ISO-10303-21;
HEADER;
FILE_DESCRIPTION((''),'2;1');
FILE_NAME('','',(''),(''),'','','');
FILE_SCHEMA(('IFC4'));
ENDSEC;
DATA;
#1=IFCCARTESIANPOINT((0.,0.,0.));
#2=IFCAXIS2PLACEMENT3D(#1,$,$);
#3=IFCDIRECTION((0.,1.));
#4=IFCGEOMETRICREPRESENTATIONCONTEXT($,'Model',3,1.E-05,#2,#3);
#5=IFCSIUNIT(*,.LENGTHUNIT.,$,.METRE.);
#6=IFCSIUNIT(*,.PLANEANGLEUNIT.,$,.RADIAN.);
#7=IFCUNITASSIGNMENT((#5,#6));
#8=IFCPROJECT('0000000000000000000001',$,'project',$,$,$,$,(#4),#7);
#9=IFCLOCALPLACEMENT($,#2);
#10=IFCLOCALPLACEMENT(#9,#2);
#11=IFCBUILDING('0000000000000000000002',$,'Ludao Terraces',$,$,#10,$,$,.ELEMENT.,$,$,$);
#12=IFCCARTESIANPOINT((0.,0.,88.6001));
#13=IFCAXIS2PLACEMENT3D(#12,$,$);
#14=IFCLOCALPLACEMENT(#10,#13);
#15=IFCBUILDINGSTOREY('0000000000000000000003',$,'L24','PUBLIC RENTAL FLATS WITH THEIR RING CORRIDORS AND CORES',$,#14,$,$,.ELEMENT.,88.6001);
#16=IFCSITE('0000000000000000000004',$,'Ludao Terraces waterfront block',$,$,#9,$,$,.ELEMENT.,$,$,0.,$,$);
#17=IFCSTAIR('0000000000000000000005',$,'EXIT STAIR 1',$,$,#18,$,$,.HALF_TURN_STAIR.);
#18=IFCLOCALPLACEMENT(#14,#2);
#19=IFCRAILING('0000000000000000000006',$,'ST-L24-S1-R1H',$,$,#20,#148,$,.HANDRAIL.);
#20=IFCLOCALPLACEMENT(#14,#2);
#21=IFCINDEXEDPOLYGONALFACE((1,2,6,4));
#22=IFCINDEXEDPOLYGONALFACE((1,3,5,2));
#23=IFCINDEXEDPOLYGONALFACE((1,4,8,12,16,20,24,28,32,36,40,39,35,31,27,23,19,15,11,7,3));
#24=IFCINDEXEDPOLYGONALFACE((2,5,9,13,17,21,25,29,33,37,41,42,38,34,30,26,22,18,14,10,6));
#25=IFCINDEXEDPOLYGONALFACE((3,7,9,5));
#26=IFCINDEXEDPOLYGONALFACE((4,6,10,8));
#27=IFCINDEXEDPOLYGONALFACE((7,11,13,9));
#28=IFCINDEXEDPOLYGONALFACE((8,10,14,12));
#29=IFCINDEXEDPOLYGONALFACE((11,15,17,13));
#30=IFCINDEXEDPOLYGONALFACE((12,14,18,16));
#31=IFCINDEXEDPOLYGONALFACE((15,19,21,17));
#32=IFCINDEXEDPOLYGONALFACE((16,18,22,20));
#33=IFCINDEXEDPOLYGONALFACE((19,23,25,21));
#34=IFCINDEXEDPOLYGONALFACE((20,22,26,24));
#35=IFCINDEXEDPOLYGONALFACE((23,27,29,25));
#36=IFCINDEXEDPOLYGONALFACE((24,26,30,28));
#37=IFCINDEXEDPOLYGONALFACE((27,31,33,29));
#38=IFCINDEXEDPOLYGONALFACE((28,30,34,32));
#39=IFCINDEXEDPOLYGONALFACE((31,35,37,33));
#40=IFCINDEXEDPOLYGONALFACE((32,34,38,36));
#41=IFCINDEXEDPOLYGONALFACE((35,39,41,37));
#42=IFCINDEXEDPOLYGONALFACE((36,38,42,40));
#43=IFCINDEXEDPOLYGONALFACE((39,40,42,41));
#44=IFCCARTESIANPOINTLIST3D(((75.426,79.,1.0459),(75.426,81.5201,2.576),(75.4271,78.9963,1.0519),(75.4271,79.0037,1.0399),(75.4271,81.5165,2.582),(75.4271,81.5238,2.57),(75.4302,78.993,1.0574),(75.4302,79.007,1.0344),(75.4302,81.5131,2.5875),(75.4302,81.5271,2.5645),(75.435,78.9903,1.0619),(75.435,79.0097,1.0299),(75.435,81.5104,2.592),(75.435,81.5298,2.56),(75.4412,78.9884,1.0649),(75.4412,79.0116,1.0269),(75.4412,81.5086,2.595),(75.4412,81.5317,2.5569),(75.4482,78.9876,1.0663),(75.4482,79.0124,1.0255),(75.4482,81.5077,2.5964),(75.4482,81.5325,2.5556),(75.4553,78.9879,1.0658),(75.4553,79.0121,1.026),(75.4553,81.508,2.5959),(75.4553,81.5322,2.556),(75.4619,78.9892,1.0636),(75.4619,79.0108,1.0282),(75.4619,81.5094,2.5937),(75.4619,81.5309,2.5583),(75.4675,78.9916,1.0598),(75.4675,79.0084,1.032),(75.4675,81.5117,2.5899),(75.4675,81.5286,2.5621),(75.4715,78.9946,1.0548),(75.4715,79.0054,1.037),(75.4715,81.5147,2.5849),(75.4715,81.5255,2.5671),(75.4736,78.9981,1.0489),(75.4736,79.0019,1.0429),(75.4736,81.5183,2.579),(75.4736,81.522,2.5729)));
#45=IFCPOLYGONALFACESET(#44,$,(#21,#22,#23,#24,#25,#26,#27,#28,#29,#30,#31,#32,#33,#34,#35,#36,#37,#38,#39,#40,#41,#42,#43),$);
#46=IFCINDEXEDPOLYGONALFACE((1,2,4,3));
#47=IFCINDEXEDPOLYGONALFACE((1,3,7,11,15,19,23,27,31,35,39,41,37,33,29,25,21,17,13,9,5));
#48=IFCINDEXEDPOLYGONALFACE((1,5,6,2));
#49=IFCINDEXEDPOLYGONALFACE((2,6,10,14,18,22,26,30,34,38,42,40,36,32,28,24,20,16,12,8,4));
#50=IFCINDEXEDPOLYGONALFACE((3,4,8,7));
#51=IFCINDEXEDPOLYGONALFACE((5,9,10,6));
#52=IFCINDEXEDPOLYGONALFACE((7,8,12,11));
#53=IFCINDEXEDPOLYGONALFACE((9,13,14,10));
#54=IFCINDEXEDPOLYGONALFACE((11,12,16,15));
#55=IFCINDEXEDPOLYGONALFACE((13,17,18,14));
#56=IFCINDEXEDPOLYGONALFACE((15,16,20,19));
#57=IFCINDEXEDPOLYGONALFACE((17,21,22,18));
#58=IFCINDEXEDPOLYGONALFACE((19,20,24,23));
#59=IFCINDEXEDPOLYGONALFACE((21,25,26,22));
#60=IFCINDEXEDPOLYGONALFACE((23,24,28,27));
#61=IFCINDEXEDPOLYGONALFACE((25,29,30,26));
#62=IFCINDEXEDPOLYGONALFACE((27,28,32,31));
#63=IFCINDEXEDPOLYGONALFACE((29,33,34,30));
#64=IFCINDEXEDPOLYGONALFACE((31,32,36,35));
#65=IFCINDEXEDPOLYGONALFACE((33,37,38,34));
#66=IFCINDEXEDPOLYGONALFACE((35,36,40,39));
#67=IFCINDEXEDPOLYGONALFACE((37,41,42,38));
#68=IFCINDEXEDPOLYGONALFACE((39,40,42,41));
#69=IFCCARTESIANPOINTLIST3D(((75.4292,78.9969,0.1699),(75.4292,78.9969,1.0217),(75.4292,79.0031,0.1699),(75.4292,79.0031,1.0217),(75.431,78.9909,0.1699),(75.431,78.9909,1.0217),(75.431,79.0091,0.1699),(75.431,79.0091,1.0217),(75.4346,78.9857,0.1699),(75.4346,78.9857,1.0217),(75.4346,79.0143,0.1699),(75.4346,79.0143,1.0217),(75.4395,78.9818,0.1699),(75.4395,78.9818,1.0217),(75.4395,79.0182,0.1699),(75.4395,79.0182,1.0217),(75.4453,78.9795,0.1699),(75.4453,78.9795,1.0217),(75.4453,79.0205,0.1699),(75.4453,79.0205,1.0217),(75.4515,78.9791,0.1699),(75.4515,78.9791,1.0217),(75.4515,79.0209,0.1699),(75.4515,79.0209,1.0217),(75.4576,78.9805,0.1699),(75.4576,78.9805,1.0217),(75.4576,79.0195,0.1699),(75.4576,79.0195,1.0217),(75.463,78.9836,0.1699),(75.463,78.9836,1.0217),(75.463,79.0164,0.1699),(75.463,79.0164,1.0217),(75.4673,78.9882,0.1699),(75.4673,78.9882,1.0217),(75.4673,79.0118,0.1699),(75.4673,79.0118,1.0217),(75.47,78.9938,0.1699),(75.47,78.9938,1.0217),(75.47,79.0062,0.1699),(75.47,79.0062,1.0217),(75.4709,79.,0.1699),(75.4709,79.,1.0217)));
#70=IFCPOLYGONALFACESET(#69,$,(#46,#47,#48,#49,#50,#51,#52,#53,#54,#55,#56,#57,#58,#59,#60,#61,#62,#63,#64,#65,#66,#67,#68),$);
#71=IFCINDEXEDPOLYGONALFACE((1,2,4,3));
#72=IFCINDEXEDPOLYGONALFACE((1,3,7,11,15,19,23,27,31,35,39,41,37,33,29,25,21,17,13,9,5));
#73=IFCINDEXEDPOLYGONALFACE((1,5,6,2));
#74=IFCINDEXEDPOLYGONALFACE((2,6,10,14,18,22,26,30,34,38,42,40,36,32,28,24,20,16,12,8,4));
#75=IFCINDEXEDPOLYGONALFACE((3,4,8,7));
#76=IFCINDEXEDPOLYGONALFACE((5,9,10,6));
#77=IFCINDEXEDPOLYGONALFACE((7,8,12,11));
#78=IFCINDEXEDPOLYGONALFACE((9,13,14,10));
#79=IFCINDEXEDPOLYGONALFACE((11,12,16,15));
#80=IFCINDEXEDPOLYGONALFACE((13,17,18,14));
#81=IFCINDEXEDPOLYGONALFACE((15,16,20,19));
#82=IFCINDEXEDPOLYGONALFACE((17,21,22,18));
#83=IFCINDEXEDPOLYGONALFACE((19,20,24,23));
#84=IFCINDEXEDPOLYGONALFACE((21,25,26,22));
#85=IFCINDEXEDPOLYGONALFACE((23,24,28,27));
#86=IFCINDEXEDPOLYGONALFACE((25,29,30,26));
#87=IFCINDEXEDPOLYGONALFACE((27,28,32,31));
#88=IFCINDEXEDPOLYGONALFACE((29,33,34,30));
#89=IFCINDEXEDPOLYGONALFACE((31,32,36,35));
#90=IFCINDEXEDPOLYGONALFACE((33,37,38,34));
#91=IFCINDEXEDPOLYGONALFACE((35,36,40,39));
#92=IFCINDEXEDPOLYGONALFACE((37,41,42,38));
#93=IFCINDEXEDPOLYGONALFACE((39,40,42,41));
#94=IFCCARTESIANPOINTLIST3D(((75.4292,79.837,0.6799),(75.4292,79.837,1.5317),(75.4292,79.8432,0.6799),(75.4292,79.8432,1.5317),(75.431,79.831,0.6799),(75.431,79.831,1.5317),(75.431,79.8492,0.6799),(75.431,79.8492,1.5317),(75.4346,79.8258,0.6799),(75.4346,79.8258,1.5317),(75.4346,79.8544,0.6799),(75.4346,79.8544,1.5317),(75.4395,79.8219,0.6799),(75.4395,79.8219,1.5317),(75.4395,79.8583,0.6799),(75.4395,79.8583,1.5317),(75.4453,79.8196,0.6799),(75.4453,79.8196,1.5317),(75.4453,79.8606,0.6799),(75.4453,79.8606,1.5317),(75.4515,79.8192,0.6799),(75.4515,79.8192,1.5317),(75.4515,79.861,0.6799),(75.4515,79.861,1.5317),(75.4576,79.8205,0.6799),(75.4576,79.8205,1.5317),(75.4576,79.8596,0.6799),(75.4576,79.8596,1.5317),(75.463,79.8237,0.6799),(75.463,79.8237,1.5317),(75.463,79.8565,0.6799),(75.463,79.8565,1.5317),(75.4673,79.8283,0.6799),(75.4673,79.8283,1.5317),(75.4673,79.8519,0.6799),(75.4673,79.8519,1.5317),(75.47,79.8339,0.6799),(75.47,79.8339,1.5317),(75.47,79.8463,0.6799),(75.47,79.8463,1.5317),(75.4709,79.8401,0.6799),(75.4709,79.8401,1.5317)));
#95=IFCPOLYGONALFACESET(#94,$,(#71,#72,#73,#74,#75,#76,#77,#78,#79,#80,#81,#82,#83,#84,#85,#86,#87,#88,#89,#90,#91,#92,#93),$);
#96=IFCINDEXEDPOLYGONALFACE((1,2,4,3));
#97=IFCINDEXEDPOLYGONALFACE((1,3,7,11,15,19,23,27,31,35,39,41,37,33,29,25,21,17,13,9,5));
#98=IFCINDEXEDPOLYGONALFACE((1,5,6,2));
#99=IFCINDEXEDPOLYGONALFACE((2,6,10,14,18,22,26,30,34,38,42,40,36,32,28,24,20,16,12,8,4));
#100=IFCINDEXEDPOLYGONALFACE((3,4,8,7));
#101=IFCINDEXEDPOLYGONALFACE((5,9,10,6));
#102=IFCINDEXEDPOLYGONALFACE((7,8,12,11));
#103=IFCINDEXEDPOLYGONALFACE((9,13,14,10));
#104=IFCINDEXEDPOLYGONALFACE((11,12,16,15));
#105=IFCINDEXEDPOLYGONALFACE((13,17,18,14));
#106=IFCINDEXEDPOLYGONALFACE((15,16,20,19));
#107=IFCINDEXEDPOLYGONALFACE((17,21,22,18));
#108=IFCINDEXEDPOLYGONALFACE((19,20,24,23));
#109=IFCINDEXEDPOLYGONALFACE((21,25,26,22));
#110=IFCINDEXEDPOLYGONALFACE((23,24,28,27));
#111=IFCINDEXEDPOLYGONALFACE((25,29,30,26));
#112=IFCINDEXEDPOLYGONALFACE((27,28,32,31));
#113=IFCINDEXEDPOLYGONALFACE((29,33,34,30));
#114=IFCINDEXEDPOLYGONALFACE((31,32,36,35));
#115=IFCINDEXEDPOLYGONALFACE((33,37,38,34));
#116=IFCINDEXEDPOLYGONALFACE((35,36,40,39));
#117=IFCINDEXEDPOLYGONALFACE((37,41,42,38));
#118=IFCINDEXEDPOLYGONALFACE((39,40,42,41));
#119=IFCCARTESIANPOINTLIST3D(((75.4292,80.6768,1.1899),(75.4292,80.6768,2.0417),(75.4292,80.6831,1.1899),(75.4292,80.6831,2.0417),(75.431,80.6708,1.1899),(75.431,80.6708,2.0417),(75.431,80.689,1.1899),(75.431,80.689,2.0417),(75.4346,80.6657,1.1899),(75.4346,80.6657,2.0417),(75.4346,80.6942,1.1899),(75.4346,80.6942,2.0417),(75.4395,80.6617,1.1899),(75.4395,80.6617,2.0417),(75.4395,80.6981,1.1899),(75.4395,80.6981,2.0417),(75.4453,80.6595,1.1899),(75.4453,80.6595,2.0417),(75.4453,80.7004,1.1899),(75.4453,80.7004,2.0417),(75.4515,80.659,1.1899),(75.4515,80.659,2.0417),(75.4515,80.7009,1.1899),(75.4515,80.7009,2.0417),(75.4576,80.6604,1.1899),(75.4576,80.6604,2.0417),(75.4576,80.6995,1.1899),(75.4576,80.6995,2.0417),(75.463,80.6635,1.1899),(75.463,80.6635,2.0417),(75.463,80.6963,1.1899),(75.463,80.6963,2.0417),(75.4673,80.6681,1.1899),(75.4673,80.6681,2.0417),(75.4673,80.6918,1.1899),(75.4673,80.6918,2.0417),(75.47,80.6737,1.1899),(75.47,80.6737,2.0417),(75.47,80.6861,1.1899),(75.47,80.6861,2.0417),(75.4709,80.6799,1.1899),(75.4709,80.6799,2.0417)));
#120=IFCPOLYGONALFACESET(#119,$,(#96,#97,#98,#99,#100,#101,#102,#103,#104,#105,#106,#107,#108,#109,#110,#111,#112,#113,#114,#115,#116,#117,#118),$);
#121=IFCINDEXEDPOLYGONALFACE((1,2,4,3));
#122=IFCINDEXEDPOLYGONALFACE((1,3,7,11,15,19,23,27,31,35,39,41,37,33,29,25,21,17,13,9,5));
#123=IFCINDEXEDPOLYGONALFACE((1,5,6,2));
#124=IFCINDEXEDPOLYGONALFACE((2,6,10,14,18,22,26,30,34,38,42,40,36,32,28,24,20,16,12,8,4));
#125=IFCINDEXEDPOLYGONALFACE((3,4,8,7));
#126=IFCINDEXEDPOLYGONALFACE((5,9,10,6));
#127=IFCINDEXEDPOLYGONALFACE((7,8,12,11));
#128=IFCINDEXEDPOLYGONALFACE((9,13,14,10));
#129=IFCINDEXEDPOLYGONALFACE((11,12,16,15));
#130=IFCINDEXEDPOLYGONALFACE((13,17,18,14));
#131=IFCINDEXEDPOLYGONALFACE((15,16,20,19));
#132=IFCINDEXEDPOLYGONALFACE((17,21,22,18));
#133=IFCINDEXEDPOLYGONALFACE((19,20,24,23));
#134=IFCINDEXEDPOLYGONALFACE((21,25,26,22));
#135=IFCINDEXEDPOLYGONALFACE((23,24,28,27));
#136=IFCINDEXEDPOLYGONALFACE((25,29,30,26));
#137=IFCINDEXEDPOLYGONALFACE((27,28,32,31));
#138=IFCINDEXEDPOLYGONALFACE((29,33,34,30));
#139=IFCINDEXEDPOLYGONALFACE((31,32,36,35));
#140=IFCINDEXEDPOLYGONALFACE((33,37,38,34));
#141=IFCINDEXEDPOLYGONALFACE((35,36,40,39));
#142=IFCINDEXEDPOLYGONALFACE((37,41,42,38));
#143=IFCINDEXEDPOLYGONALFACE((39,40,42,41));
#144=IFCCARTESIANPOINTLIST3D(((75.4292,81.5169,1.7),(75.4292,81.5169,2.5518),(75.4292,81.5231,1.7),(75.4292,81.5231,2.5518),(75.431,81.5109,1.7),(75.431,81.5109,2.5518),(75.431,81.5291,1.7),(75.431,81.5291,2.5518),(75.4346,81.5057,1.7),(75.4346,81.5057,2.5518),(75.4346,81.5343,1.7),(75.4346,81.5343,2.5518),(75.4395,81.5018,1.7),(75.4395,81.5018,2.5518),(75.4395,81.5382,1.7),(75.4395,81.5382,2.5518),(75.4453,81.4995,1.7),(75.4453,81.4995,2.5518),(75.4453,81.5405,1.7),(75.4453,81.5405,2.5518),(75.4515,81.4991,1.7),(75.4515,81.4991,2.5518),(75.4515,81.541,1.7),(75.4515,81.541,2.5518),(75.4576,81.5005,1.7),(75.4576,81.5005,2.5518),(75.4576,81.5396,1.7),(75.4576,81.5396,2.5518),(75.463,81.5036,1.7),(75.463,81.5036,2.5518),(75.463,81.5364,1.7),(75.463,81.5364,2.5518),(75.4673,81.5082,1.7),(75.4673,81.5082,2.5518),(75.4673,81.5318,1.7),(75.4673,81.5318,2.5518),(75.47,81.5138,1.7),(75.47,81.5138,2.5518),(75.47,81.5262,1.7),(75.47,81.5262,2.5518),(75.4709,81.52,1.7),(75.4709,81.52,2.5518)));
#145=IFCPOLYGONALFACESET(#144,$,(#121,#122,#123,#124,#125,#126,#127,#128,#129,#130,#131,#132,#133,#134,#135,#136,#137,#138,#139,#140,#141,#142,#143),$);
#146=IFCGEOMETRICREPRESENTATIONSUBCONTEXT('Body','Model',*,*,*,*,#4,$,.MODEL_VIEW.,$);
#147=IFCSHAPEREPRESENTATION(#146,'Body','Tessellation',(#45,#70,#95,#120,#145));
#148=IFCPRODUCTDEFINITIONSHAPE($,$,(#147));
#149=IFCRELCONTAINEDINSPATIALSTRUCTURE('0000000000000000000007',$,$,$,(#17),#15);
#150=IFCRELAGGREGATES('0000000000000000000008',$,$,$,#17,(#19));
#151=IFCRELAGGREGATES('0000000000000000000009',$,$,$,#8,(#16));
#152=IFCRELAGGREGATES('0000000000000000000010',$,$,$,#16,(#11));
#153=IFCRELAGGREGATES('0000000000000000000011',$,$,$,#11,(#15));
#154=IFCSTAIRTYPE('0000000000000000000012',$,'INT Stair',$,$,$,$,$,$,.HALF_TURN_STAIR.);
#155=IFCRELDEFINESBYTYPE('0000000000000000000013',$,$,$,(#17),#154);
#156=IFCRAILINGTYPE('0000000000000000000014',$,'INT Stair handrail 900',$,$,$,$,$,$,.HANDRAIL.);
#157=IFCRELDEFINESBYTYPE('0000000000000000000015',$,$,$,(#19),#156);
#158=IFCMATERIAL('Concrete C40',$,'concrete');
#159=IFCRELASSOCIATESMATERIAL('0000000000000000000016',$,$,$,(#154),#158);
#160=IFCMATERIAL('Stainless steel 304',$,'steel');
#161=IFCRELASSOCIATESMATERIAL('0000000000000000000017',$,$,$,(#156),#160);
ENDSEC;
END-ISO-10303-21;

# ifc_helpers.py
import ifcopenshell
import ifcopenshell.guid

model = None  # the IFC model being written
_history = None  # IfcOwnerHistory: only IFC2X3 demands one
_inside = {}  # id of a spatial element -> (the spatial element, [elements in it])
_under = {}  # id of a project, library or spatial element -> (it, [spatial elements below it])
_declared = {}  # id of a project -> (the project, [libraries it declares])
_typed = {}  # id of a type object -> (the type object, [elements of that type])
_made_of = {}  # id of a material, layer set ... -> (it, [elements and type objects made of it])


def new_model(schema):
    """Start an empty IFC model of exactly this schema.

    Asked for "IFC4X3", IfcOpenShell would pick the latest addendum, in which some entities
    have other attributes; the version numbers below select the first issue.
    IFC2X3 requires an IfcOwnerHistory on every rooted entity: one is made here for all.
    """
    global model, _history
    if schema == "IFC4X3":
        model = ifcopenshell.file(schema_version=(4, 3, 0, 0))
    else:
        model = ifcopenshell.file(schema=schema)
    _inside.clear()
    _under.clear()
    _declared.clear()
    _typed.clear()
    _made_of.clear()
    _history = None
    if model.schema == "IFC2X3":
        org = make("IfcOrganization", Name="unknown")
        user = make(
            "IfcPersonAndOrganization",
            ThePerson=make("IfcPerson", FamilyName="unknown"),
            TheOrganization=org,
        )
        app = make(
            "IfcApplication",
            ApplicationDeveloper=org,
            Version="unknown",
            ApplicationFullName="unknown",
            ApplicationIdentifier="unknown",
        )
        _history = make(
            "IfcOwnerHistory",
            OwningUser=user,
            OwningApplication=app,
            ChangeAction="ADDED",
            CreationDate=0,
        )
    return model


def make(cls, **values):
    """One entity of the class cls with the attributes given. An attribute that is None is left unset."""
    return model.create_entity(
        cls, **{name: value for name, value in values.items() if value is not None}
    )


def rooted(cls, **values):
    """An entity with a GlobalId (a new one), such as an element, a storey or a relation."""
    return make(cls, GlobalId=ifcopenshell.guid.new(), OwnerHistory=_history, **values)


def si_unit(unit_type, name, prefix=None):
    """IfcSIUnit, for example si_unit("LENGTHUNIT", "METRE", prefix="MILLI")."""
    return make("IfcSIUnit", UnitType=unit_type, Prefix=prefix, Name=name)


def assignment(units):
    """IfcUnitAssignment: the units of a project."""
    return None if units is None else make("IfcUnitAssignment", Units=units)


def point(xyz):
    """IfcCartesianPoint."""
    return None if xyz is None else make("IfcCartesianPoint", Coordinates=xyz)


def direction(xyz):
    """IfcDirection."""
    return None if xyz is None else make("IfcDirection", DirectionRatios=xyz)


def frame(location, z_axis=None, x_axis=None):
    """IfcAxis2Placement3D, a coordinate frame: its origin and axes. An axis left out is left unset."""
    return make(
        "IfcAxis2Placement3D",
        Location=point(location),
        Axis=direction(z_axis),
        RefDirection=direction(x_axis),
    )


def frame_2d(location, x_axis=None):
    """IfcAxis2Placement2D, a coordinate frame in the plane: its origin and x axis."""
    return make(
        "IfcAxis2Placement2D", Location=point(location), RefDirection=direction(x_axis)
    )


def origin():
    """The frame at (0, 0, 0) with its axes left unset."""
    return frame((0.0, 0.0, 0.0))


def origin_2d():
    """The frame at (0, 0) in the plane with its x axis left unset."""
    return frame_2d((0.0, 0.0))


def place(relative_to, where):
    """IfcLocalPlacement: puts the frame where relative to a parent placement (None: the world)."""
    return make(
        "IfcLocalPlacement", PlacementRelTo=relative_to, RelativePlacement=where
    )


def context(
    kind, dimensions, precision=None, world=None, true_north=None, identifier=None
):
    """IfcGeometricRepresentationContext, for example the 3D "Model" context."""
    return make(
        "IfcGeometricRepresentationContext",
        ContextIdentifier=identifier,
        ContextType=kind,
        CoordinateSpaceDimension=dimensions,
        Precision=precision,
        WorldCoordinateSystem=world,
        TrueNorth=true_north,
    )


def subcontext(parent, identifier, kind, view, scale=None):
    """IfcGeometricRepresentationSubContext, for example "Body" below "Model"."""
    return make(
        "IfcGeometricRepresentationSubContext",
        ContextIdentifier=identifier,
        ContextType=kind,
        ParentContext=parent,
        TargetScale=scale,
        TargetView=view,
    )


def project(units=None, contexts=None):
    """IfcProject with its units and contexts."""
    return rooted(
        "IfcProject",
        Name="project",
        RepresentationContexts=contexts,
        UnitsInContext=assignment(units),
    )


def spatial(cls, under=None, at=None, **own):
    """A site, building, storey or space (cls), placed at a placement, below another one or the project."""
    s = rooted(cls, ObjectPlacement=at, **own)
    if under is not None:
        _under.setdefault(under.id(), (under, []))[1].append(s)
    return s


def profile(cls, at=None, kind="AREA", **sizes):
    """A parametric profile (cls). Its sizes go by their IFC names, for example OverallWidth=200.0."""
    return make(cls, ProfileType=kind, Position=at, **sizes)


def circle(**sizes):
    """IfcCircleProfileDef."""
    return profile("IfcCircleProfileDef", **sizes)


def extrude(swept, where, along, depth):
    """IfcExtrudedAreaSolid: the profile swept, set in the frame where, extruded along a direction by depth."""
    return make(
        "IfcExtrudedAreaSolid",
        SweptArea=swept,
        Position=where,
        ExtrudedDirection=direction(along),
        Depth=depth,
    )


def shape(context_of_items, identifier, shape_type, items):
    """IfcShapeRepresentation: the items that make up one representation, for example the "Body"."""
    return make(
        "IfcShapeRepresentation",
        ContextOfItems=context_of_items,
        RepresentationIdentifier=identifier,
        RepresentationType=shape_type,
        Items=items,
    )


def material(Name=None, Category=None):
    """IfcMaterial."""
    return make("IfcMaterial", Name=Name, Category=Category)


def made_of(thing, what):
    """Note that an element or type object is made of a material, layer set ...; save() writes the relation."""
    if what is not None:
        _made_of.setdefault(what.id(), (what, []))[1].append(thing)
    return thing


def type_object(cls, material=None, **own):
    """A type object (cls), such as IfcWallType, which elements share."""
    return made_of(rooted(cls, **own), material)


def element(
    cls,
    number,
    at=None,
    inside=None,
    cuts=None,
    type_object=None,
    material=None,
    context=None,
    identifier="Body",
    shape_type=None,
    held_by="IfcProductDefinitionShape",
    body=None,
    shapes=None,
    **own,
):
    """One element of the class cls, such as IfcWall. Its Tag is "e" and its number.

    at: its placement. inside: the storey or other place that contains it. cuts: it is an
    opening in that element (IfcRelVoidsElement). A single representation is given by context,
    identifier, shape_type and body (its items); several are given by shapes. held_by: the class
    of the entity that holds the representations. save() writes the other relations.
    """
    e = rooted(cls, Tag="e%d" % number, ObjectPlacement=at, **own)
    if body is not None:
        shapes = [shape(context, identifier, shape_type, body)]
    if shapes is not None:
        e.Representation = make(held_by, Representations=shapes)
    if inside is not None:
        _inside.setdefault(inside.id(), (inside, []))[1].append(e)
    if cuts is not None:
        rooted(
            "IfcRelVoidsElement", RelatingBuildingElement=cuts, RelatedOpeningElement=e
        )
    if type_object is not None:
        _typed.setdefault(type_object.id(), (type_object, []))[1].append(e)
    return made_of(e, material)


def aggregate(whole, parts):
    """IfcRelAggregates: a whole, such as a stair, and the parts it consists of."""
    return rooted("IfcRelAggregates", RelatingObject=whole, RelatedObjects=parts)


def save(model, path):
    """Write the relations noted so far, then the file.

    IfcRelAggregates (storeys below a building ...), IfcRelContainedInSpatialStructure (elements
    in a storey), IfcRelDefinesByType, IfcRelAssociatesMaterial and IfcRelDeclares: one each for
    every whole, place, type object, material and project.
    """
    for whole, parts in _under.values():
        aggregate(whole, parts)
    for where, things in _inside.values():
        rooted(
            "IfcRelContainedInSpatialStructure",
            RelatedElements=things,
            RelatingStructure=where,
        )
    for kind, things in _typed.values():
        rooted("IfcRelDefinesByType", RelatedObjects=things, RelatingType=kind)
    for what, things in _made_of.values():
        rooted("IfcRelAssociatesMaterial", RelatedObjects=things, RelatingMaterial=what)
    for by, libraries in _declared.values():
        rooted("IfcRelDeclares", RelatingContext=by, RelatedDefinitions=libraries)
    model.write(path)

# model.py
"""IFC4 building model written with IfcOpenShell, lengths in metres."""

from ifc_helpers import new_model, si_unit, direction, frame, origin, origin_2d, place, context, subcontext, project, spatial, circle, extrude, material, type_object, element, aggregate, save


model = new_model("IFC4")

# Units and contexts
model_context = context("Model", 3, precision=1e-05, world=origin(), true_north=direction((0.0, 1.0)))
body_context = subcontext(model_context, "Body", "Model", "MODEL_VIEW")
ifc_project = project(units=[si_unit("LENGTHUNIT", "METRE"), si_unit("PLANEANGLEUNIT", "RADIAN")], contexts=[model_context])

# Site, building, storey
site_placement = place(None, origin())
site = spatial("IfcSite", under=ifc_project, at=site_placement, Name="Ludao Terraces waterfront block", CompositionType="ELEMENT", RefElevation=0.0)
building_placement = place(site_placement, origin())
building = spatial("IfcBuilding", under=site, at=building_placement, Name="Ludao Terraces", CompositionType="ELEMENT")
storey_placement = place(building_placement, frame((0.0, 0.0, 88.6001)))
storey = spatial("IfcBuildingStorey", under=building, at=storey_placement, Name="L24", Description="PUBLIC RENTAL FLATS WITH THEIR RING CORRIDORS AND CORES", CompositionType="ELEMENT", Elevation=88.6001)

# Shared definitions
ifc_material_1 = material(Name="Stainless steel 304", Category="steel")

# Stair, railing
ifc_material_2 = material(Name="Concrete C40", Category="concrete")
stair_type = type_object("IfcStairType", Name="INT Stair", PredefinedType="HALF_TURN_STAIR", material=ifc_material_2)
stair_placement = place(storey_placement, origin())
stair = element("IfcStair", 1, at=stair_placement, inside=storey, type_object=stair_type, Name="EXIT STAIR 1", PredefinedType="HALF_TURN_STAIR")
railing_type_1 = type_object("IfcRailingType", Name="INT Stair handrail 900", PredefinedType="HANDRAIL", material=ifc_material_1)
railing_1_placement = place(storey_placement, frame((75.45, 79.0, 0.1699)))
railing_1 = element("IfcRailing", 2, at=railing_1_placement, type_object=railing_type_1, Name="ST-L24-S1-R1H", PredefinedType="HANDRAIL", context=body_context, shape_type="SweptSolid", body=[
    extrude(circle(Radius=0.0239, at=origin_2d()), frame((0.0, 0.0, 0.876), z_axis=(0.0, 0.854785, 0.518982), x_axis=(-1.0, 0.0, 0.0)), (0.0, 0.0, 1.0), 2.9482),
    extrude(circle(Radius=0.021, at=origin_2d()), origin(), (0.0, 0.0, 1.0), 0.8518),
    extrude(circle(Radius=0.021, at=origin_2d()), frame((0.0, 0.8401, 0.51)), (0.0, 0.0, 1.0), 0.8518),
    extrude(circle(Radius=0.021, at=origin_2d()), frame((0.0, 1.6799, 1.02)), (0.0, 0.0, 1.0), 0.8518),
    extrude(circle(Radius=0.021, at=origin_2d()), frame((0.0, 2.52, 1.53)), (0.0, 0.0, 1.0), 0.8518),
])
aggregate(stair, [railing_1])

save(model, "model.ifc")
